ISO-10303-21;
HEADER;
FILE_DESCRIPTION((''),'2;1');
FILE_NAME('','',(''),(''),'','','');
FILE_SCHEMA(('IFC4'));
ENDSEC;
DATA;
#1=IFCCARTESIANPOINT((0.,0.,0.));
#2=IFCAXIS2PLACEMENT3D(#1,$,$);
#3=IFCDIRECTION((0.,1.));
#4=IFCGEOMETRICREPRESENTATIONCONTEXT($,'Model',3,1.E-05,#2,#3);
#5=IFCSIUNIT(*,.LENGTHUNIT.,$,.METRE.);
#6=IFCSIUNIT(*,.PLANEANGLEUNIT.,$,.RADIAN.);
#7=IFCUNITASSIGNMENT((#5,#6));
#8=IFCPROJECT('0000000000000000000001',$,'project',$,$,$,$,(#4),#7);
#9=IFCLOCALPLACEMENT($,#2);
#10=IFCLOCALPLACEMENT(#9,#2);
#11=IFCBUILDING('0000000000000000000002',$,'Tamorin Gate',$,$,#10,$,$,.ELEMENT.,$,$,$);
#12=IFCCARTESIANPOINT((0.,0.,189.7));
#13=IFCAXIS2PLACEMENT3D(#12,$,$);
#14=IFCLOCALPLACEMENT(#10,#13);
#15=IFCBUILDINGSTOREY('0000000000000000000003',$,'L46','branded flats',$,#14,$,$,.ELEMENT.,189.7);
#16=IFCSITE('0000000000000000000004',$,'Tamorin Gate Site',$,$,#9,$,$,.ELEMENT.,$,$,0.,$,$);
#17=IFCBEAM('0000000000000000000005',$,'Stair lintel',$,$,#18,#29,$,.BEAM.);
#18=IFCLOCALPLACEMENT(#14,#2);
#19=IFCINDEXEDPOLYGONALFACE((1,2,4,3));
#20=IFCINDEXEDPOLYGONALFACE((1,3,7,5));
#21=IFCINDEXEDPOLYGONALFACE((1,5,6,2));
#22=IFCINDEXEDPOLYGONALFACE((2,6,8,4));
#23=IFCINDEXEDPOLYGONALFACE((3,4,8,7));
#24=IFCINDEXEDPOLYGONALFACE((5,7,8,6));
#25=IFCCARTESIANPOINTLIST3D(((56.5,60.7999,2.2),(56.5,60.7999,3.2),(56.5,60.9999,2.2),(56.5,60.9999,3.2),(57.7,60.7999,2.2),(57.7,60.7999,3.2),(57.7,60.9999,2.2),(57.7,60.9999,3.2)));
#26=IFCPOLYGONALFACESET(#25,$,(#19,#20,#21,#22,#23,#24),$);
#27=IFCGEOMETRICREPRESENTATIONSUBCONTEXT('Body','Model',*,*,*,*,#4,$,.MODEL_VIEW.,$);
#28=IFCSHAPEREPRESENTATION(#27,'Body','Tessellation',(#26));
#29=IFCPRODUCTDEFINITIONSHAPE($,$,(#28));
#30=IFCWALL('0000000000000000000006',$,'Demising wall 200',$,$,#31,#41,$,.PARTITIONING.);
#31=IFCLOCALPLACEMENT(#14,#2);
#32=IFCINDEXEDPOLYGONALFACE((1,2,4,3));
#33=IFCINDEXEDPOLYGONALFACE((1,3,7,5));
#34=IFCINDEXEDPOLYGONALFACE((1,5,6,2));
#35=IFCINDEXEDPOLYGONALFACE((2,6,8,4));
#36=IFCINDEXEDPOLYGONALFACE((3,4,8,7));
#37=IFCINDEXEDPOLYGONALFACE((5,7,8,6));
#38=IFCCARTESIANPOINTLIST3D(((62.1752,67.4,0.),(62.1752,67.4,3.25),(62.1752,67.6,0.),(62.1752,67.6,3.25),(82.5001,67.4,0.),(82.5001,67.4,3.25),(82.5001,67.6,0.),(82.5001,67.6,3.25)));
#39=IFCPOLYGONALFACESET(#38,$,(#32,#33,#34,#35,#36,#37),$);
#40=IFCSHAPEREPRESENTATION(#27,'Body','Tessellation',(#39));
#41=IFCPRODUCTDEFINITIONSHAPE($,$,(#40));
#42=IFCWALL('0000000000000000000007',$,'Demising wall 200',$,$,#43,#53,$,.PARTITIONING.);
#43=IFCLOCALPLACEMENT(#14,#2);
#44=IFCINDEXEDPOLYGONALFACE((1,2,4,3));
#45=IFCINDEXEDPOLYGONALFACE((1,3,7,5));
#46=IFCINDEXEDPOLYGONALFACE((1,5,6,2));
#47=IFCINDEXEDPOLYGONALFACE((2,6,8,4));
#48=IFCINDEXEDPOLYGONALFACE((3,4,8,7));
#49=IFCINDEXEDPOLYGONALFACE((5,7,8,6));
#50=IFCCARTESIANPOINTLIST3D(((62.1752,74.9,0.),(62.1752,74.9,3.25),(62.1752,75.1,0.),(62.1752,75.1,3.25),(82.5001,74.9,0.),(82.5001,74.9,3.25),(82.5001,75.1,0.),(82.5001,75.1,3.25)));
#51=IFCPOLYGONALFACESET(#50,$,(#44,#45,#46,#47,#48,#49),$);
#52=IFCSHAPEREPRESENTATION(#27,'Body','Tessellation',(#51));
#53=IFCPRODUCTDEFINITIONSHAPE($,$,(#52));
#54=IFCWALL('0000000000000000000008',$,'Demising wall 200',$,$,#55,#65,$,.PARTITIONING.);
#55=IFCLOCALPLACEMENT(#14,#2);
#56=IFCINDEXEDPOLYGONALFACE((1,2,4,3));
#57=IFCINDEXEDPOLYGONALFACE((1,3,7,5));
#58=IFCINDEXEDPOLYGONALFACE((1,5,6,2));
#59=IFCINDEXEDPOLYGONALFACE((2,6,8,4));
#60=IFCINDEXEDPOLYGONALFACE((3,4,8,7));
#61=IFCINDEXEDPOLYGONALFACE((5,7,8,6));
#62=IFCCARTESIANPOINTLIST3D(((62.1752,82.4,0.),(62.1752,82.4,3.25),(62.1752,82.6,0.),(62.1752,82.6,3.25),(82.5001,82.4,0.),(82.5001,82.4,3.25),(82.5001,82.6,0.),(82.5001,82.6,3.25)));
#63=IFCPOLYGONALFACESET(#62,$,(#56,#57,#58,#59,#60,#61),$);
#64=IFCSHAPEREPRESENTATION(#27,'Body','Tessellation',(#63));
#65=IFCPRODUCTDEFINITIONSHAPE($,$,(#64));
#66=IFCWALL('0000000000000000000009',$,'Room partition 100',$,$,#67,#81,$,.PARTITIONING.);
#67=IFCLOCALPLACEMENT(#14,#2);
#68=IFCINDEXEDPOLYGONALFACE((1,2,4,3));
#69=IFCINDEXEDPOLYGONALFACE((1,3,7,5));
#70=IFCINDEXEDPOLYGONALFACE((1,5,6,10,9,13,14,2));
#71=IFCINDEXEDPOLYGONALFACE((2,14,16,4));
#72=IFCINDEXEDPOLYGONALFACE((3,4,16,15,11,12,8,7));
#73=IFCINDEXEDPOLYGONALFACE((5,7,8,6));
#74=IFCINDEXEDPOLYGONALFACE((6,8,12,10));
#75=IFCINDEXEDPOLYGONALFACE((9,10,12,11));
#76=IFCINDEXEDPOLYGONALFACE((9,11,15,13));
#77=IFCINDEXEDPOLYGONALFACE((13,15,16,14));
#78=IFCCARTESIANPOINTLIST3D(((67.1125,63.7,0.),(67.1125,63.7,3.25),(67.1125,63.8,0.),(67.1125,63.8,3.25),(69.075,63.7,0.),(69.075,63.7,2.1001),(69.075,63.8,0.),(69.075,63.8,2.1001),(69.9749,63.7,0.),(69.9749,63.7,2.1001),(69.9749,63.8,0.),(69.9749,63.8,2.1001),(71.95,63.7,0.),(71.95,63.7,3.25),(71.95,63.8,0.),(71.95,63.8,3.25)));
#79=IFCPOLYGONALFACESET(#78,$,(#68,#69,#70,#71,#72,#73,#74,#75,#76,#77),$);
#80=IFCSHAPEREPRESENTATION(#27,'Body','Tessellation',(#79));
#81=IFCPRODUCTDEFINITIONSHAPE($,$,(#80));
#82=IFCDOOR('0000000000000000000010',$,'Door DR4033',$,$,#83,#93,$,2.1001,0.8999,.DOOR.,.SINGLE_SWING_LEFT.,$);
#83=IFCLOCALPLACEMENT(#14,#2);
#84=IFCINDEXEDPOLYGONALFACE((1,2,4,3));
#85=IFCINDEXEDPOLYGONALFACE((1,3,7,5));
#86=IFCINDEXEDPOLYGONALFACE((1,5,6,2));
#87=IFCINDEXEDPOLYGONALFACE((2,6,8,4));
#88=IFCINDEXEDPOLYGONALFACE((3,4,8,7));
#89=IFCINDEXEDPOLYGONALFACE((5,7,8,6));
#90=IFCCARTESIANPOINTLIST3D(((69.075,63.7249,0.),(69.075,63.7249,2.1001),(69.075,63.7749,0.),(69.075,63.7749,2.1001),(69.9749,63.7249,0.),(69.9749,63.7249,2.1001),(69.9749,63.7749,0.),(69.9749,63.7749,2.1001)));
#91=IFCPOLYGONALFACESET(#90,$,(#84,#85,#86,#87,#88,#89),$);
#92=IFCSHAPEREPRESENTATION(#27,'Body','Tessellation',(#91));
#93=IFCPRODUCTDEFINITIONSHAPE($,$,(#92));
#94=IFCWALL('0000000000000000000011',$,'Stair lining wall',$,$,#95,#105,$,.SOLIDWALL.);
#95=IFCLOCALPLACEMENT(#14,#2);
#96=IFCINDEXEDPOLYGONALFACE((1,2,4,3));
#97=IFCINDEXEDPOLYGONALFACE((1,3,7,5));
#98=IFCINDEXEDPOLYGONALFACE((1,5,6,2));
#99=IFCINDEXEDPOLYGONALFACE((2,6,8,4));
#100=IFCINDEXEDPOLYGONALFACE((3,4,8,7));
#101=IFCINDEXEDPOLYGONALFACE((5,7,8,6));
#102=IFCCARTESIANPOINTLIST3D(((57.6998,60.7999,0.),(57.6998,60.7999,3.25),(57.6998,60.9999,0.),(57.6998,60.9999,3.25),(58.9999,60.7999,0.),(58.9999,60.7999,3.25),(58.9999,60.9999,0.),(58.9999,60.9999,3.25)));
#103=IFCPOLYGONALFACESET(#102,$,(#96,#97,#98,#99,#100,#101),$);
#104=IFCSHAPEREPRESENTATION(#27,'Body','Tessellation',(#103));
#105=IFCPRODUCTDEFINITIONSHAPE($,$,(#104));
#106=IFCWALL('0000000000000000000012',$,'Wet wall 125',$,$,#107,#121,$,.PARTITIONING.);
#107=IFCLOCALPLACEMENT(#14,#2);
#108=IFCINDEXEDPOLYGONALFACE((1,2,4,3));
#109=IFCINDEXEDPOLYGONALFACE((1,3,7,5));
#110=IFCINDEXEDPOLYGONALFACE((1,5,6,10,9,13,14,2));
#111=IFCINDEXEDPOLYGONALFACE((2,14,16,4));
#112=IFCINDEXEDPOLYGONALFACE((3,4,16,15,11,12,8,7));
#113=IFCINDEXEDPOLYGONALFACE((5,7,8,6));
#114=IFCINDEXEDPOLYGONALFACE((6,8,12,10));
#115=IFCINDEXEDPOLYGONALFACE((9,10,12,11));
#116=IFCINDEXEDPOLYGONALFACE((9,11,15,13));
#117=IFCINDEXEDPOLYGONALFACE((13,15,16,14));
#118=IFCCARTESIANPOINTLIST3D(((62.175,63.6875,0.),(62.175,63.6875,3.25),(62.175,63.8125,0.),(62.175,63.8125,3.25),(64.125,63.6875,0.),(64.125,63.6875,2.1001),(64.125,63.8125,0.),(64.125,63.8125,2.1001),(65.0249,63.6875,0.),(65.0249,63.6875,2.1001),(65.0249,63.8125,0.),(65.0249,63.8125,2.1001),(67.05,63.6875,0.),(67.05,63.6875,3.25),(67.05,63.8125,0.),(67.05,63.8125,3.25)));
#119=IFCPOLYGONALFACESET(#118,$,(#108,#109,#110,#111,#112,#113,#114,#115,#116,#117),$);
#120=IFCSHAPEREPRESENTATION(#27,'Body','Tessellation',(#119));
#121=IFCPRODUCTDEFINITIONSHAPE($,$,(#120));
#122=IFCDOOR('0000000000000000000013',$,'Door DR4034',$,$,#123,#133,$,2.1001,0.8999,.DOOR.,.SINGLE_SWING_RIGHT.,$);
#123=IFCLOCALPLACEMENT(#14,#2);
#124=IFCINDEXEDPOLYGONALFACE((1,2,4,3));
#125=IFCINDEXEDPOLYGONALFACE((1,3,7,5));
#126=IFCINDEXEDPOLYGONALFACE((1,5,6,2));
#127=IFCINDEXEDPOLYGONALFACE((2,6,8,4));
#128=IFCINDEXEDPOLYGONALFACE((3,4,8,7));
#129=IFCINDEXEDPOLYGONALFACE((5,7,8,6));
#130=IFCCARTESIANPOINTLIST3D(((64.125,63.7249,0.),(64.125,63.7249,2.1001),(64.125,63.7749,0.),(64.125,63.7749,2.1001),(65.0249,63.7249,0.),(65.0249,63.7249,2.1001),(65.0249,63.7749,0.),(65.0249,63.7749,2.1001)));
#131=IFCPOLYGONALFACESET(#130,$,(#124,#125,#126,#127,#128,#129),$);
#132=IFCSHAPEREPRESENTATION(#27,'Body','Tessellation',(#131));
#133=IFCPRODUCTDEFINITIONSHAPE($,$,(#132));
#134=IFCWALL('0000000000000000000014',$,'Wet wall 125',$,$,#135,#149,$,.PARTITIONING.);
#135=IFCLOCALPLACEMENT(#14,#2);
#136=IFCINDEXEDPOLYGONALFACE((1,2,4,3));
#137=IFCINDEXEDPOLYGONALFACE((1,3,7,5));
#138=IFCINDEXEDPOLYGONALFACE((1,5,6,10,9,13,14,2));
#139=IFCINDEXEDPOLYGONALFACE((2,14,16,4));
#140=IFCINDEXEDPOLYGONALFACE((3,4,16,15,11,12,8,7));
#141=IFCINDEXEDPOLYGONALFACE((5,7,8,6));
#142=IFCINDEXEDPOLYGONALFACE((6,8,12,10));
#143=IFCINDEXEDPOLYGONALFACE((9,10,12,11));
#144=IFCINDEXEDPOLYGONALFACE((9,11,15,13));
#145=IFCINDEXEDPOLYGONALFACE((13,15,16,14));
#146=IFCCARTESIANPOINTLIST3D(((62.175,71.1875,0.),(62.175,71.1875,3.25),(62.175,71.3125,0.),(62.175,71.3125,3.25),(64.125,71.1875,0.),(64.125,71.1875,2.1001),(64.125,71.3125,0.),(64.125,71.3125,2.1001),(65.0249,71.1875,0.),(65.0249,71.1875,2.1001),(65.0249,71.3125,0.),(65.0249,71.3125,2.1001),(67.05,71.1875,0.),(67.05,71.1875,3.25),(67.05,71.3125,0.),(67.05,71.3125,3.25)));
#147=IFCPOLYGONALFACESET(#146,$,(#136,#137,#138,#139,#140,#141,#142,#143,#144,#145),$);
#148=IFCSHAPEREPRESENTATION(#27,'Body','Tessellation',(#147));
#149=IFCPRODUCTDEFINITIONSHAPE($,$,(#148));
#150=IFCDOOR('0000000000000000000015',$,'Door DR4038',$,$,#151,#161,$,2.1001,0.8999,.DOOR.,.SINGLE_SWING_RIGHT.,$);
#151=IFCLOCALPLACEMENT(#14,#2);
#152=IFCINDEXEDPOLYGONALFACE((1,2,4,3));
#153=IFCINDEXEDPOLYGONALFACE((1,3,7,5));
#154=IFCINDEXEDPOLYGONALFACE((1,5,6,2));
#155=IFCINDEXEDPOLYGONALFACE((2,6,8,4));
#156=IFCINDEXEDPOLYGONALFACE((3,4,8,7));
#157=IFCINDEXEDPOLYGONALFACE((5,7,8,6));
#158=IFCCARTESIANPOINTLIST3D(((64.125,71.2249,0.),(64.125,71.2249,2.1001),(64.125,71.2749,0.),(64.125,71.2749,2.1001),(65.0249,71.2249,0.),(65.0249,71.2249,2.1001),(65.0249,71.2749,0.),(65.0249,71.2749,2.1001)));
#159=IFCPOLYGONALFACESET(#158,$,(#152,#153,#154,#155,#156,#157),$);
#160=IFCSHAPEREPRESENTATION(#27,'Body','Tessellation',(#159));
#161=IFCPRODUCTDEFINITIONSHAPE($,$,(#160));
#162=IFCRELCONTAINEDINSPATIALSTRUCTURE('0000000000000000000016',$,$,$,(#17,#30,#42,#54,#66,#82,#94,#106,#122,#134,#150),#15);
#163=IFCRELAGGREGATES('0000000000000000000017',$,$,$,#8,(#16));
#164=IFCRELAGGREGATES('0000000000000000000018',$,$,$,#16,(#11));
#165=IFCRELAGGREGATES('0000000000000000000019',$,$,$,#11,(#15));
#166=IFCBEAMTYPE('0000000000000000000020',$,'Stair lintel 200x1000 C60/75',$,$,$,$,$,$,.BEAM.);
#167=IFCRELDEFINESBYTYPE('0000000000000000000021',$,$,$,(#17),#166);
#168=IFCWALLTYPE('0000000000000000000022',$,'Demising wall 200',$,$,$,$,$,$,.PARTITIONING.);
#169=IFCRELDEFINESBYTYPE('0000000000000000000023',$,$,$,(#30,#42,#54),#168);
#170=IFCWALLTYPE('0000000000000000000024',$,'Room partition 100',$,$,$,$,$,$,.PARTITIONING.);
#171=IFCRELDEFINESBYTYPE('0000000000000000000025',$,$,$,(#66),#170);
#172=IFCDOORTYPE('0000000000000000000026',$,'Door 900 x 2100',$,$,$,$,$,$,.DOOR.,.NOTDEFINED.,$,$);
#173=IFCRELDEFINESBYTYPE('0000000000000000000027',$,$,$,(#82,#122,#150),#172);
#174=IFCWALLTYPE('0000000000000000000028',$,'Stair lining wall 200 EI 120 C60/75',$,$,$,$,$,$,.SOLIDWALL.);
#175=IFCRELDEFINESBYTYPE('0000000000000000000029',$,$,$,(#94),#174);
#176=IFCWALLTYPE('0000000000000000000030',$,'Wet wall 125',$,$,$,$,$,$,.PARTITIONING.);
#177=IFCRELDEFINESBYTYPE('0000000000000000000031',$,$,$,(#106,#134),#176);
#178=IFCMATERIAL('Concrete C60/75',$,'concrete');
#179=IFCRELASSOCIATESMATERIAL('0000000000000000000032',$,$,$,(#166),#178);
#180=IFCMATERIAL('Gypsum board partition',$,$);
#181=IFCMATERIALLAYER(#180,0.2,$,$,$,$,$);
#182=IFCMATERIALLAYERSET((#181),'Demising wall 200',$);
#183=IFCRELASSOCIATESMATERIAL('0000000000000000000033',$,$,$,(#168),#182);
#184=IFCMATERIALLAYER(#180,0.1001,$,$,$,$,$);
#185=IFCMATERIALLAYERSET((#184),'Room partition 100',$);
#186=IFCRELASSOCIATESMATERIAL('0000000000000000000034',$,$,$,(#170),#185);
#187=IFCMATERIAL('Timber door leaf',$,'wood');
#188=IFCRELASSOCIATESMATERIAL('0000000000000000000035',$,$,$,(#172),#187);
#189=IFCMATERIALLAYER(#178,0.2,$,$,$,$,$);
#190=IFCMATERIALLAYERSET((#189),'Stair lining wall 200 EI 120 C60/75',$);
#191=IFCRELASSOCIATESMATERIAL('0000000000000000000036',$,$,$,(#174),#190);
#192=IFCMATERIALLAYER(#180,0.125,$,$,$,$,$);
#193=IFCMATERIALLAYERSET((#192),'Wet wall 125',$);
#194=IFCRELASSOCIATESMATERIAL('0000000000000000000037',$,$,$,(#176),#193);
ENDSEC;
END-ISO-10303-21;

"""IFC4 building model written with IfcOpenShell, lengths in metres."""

from ifc_helpers import new_model, si_unit, direction, frame, frame_2d, origin, origin_2d, place, context, subcontext, project, spatial, rectangle, extrude, material, layer, layer_set, material_profile, profile_set, type_object, element, fill, save


model = new_model("IFC4")

# Units and contexts
model_context = context("Model", 3, precision=1e-05, world=origin(), true_north=direction((0.0, 1.0)))
body_context = subcontext(model_context, "Body", "Model", "MODEL_VIEW")
ifc_project = project(units=[si_unit("LENGTHUNIT", "METRE"), si_unit("PLANEANGLEUNIT", "RADIAN")], contexts=[model_context])

# Site, building, storey
site_placement = place(None, origin())
site = spatial("IfcSite", under=ifc_project, at=site_placement, Name="Tamorin Gate Site", CompositionType="ELEMENT", RefElevation=0.0)
building_placement = place(site_placement, origin())
building = spatial("IfcBuilding", under=site, at=building_placement, Name="Tamorin Gate", CompositionType="ELEMENT")
storey_placement = place(building_placement, frame((0.0, 0.0, 189.7)))
storey = spatial("IfcBuildingStorey", under=building, at=storey_placement, Name="L46", Description="branded flats", CompositionType="ELEMENT", Elevation=189.7)

# Beam
ifc_material_1 = material(Name="Concrete C60/75", Category="concrete")
ifc_material_profile = material_profile(ifc_material_1, rectangle(XDim=0.2, YDim=1.0, at=origin_2d()))
ifc_profile_set = profile_set([ifc_material_profile], Name="Concrete C60/75")
beam_type = type_object("IfcBeamType", Name="Stair lintel 200x1000 C60/75", PredefinedType="BEAM", material=ifc_profile_set)
beam_placement = place(storey_placement, frame((56.5, 60.8999, 2.7), z_axis=(1.0, 0.0, 0.0), x_axis=(0.0, 1.0, 0.0)))
element("IfcBeam", 1, at=beam_placement, inside=storey, type_object=beam_type, Name="Stair lintel", PredefinedType="BEAM", context=body_context, shape_type="SweptSolid", body=[
    extrude(rectangle(XDim=0.2, YDim=1.0, at=origin_2d()), origin(), (0.0, 0.0, 1.0), 1.2),
])

# Walls
ifc_material_2 = material(Name="Gypsum board partition")
ifc_layer_1 = layer(ifc_material_2, 0.2)
ifc_layer_set_1 = layer_set([ifc_layer_1], Name="Demising wall 200")
wall_type_1 = type_object("IfcWallType", Name="Demising wall 200", PredefinedType="PARTITIONING", material=ifc_layer_set_1)
for number, where, z_axis, x_axis, name in (
    (2, (62.175, 67.5, 0.0), (0.0, 0.0, 1.0), (1.0, 0.0, 0.0), "Demising wall 200"),
    (3, (62.175, 75.0, 0.0), (0.0, 0.0, 1.0), (1.0, 0.0, 0.0), "Demising wall 200"),
    (4, (62.175, 82.5, 0.0), (0.0, 0.0, 1.0), (1.0, 0.0, 0.0), "Demising wall 200"),
):
    element("IfcWall", number, at=place(storey_placement, frame(where, z_axis=z_axis, x_axis=x_axis)), inside=storey, type_object=wall_type_1, Name=name, PredefinedType="PARTITIONING", context=body_context, shape_type="SweptSolid", body=[
        extrude(rectangle(XDim=20.325, YDim=0.2, at=frame_2d((10.1626, 0.0))), origin(), (0.0, 0.0, 1.0), 3.25),
    ])

# Wall, opening, door
ifc_layer_2 = layer(ifc_material_2, 0.1001)
ifc_layer_set_2 = layer_set([ifc_layer_2], Name="Room partition 100")
wall_type_2 = type_object("IfcWallType", Name="Room partition 100", PredefinedType="PARTITIONING", material=ifc_layer_set_2)
wall_1_placement = place(storey_placement, frame((67.1125, 63.75, 0.0), z_axis=(0.0, 0.0, 1.0), x_axis=(1.0, 0.0, 0.0)))
wall_1 = element("IfcWall", 5, at=wall_1_placement, inside=storey, type_object=wall_type_2, Name="Room partition 100", PredefinedType="PARTITIONING", context=body_context, shape_type="SweptSolid", body=[
    extrude(rectangle(XDim=4.8374, YDim=0.1001, at=frame_2d((2.4187, 0.0))), origin(), (0.0, 0.0, 1.0), 3.25),
])
opening_1_placement = place(wall_1_placement, frame((1.9624, 0.0, 0.0)))
opening_1 = element("IfcOpeningElement", 6, at=opening_1_placement, cuts=wall_1, PredefinedType="OPENING", context=body_context, shape_type="SweptSolid", body=[
    extrude(rectangle(XDim=0.8999, YDim=2.1001, at=frame_2d((0.45, 1.05))), frame((0.0, 0.0601, 0.0), z_axis=(0.0, -1.0, 0.0), x_axis=(1.0, 0.0, 0.0)), (0.0, 0.0, 1.0), 0.1201),
])
ifc_material_3 = material(Name="Timber door leaf", Category="wood")
door_type = type_object("IfcDoorType", Name="Door 900 x 2100", OperationType="NOTDEFINED", PredefinedType="DOOR", material=ifc_material_3)
door_1_placement = place(opening_1_placement, origin())
door_1 = element("IfcDoor", 7, at=door_1_placement, inside=storey, type_object=door_type, Name="Door DR4033", OperationType="SINGLE_SWING_LEFT", OverallHeight=2.1001, OverallWidth=0.8999, PredefinedType="DOOR", context=body_context, shape_type="SweptSolid", body=[
    extrude(rectangle(XDim=0.8999, YDim=2.1001, at=frame_2d((0.45, 1.05))), frame((0.0, 0.0249, 0.0), z_axis=(0.0, -1.0, 0.0), x_axis=(1.0, 0.0, 0.0)), (0.0, 0.0, 1.0), 0.05),
])
fill(opening_1, door_1)

# Wall
ifc_layer_3 = layer(ifc_material_1, 0.2)
ifc_layer_set_3 = layer_set([ifc_layer_3], Name="Stair lining wall 200 EI 120 C60/75")
wall_type_3 = type_object("IfcWallType", Name="Stair lining wall 200 EI 120 C60/75", PredefinedType="SOLIDWALL", material=ifc_layer_set_3)
wall_2_placement = place(storey_placement, frame((57.7, 60.8999, 0.0), z_axis=(0.0, 0.0, 1.0), x_axis=(1.0, 0.0, 0.0)))
element("IfcWall", 8, at=wall_2_placement, inside=storey, type_object=wall_type_3, Name="Stair lining wall", PredefinedType="SOLIDWALL", context=body_context, shape_type="SweptSolid", body=[
    extrude(rectangle(XDim=1.3, YDim=0.2, at=frame_2d((0.6499, 0.0))), origin(), (0.0, 0.0, 1.0), 3.25),
])

# Walls, openings, doors
ifc_layer_4 = layer(ifc_material_2, 0.125)
ifc_layer_set_4 = layer_set([ifc_layer_4], Name="Wet wall 125")
wall_type_4 = type_object("IfcWallType", Name="Wet wall 125", PredefinedType="PARTITIONING", material=ifc_layer_set_4)
wall_3_placement = place(storey_placement, frame((62.175, 63.75, 0.0), z_axis=(0.0, 0.0, 1.0), x_axis=(1.0, 0.0, 0.0)))
wall_3 = element("IfcWall", 9, at=wall_3_placement, inside=storey, type_object=wall_type_4, Name="Wet wall 125", PredefinedType="PARTITIONING", context=body_context, shape_type="SweptSolid", body=[
    extrude(rectangle(XDim=4.875, YDim=0.125, at=frame_2d((2.4375, 0.0))), origin(), (0.0, 0.0, 1.0), 3.25),
])
opening_2_placement = place(wall_3_placement, frame((1.95, 0.0, 0.0)))
opening_2 = element("IfcOpeningElement", 10, at=opening_2_placement, cuts=wall_3, PredefinedType="OPENING", context=body_context, shape_type="SweptSolid", body=[
    extrude(rectangle(XDim=0.8999, YDim=2.1001, at=frame_2d((0.45, 1.05))), frame((0.0, 0.0725, 0.0), z_axis=(0.0, -1.0, 0.0), x_axis=(1.0, 0.0, 0.0)), (0.0, 0.0, 1.0), 0.145),
])
door_2_placement = place(opening_2_placement, origin())
door_2 = element("IfcDoor", 11, at=door_2_placement, inside=storey, type_object=door_type, Name="Door DR4034", OperationType="SINGLE_SWING_RIGHT", OverallHeight=2.1001, OverallWidth=0.8999, PredefinedType="DOOR", context=body_context, shape_type="SweptSolid", body=[
    extrude(rectangle(XDim=0.8999, YDim=2.1001, at=frame_2d((0.45, 1.05))), frame((0.0, 0.0249, 0.0), z_axis=(0.0, -1.0, 0.0), x_axis=(1.0, 0.0, 0.0)), (0.0, 0.0, 1.0), 0.05),
])
fill(opening_2, door_2)
wall_4_placement = place(storey_placement, frame((62.175, 71.25, 0.0), z_axis=(0.0, 0.0, 1.0), x_axis=(1.0, 0.0, 0.0)))
wall_4 = element("IfcWall", 12, at=wall_4_placement, inside=storey, type_object=wall_type_4, Name="Wet wall 125", PredefinedType="PARTITIONING", context=body_context, shape_type="SweptSolid", body=[
    extrude(rectangle(XDim=4.875, YDim=0.125, at=frame_2d((2.4375, 0.0))), origin(), (0.0, 0.0, 1.0), 3.25),
])
opening_3_placement = place(wall_4_placement, frame((1.95, 0.0, 0.0)))
opening_3 = element("IfcOpeningElement", 13, at=opening_3_placement, cuts=wall_4, PredefinedType="OPENING", context=body_context, shape_type="SweptSolid", body=[
    extrude(rectangle(XDim=0.8999, YDim=2.1001, at=frame_2d((0.45, 1.05))), frame((0.0, 0.0725, 0.0), z_axis=(0.0, -1.0, 0.0), x_axis=(1.0, 0.0, 0.0)), (0.0, 0.0, 1.0), 0.145),
])
door_3_placement = place(opening_3_placement, origin())
door_3 = element("IfcDoor", 14, at=door_3_placement, inside=storey, type_object=door_type, Name="Door DR4038", OperationType="SINGLE_SWING_RIGHT", OverallHeight=2.1001, OverallWidth=0.8999, PredefinedType="DOOR", context=body_context, shape_type="SweptSolid", body=[
    extrude(rectangle(XDim=0.8999, YDim=2.1001, at=frame_2d((0.45, 1.05))), frame((0.0, 0.0249, 0.0), z_axis=(0.0, -1.0, 0.0), x_axis=(1.0, 0.0, 0.0)), (0.0, 0.0, 1.0), 0.05),
])
fill(opening_3, door_3)

save(model, "model.ifc")
